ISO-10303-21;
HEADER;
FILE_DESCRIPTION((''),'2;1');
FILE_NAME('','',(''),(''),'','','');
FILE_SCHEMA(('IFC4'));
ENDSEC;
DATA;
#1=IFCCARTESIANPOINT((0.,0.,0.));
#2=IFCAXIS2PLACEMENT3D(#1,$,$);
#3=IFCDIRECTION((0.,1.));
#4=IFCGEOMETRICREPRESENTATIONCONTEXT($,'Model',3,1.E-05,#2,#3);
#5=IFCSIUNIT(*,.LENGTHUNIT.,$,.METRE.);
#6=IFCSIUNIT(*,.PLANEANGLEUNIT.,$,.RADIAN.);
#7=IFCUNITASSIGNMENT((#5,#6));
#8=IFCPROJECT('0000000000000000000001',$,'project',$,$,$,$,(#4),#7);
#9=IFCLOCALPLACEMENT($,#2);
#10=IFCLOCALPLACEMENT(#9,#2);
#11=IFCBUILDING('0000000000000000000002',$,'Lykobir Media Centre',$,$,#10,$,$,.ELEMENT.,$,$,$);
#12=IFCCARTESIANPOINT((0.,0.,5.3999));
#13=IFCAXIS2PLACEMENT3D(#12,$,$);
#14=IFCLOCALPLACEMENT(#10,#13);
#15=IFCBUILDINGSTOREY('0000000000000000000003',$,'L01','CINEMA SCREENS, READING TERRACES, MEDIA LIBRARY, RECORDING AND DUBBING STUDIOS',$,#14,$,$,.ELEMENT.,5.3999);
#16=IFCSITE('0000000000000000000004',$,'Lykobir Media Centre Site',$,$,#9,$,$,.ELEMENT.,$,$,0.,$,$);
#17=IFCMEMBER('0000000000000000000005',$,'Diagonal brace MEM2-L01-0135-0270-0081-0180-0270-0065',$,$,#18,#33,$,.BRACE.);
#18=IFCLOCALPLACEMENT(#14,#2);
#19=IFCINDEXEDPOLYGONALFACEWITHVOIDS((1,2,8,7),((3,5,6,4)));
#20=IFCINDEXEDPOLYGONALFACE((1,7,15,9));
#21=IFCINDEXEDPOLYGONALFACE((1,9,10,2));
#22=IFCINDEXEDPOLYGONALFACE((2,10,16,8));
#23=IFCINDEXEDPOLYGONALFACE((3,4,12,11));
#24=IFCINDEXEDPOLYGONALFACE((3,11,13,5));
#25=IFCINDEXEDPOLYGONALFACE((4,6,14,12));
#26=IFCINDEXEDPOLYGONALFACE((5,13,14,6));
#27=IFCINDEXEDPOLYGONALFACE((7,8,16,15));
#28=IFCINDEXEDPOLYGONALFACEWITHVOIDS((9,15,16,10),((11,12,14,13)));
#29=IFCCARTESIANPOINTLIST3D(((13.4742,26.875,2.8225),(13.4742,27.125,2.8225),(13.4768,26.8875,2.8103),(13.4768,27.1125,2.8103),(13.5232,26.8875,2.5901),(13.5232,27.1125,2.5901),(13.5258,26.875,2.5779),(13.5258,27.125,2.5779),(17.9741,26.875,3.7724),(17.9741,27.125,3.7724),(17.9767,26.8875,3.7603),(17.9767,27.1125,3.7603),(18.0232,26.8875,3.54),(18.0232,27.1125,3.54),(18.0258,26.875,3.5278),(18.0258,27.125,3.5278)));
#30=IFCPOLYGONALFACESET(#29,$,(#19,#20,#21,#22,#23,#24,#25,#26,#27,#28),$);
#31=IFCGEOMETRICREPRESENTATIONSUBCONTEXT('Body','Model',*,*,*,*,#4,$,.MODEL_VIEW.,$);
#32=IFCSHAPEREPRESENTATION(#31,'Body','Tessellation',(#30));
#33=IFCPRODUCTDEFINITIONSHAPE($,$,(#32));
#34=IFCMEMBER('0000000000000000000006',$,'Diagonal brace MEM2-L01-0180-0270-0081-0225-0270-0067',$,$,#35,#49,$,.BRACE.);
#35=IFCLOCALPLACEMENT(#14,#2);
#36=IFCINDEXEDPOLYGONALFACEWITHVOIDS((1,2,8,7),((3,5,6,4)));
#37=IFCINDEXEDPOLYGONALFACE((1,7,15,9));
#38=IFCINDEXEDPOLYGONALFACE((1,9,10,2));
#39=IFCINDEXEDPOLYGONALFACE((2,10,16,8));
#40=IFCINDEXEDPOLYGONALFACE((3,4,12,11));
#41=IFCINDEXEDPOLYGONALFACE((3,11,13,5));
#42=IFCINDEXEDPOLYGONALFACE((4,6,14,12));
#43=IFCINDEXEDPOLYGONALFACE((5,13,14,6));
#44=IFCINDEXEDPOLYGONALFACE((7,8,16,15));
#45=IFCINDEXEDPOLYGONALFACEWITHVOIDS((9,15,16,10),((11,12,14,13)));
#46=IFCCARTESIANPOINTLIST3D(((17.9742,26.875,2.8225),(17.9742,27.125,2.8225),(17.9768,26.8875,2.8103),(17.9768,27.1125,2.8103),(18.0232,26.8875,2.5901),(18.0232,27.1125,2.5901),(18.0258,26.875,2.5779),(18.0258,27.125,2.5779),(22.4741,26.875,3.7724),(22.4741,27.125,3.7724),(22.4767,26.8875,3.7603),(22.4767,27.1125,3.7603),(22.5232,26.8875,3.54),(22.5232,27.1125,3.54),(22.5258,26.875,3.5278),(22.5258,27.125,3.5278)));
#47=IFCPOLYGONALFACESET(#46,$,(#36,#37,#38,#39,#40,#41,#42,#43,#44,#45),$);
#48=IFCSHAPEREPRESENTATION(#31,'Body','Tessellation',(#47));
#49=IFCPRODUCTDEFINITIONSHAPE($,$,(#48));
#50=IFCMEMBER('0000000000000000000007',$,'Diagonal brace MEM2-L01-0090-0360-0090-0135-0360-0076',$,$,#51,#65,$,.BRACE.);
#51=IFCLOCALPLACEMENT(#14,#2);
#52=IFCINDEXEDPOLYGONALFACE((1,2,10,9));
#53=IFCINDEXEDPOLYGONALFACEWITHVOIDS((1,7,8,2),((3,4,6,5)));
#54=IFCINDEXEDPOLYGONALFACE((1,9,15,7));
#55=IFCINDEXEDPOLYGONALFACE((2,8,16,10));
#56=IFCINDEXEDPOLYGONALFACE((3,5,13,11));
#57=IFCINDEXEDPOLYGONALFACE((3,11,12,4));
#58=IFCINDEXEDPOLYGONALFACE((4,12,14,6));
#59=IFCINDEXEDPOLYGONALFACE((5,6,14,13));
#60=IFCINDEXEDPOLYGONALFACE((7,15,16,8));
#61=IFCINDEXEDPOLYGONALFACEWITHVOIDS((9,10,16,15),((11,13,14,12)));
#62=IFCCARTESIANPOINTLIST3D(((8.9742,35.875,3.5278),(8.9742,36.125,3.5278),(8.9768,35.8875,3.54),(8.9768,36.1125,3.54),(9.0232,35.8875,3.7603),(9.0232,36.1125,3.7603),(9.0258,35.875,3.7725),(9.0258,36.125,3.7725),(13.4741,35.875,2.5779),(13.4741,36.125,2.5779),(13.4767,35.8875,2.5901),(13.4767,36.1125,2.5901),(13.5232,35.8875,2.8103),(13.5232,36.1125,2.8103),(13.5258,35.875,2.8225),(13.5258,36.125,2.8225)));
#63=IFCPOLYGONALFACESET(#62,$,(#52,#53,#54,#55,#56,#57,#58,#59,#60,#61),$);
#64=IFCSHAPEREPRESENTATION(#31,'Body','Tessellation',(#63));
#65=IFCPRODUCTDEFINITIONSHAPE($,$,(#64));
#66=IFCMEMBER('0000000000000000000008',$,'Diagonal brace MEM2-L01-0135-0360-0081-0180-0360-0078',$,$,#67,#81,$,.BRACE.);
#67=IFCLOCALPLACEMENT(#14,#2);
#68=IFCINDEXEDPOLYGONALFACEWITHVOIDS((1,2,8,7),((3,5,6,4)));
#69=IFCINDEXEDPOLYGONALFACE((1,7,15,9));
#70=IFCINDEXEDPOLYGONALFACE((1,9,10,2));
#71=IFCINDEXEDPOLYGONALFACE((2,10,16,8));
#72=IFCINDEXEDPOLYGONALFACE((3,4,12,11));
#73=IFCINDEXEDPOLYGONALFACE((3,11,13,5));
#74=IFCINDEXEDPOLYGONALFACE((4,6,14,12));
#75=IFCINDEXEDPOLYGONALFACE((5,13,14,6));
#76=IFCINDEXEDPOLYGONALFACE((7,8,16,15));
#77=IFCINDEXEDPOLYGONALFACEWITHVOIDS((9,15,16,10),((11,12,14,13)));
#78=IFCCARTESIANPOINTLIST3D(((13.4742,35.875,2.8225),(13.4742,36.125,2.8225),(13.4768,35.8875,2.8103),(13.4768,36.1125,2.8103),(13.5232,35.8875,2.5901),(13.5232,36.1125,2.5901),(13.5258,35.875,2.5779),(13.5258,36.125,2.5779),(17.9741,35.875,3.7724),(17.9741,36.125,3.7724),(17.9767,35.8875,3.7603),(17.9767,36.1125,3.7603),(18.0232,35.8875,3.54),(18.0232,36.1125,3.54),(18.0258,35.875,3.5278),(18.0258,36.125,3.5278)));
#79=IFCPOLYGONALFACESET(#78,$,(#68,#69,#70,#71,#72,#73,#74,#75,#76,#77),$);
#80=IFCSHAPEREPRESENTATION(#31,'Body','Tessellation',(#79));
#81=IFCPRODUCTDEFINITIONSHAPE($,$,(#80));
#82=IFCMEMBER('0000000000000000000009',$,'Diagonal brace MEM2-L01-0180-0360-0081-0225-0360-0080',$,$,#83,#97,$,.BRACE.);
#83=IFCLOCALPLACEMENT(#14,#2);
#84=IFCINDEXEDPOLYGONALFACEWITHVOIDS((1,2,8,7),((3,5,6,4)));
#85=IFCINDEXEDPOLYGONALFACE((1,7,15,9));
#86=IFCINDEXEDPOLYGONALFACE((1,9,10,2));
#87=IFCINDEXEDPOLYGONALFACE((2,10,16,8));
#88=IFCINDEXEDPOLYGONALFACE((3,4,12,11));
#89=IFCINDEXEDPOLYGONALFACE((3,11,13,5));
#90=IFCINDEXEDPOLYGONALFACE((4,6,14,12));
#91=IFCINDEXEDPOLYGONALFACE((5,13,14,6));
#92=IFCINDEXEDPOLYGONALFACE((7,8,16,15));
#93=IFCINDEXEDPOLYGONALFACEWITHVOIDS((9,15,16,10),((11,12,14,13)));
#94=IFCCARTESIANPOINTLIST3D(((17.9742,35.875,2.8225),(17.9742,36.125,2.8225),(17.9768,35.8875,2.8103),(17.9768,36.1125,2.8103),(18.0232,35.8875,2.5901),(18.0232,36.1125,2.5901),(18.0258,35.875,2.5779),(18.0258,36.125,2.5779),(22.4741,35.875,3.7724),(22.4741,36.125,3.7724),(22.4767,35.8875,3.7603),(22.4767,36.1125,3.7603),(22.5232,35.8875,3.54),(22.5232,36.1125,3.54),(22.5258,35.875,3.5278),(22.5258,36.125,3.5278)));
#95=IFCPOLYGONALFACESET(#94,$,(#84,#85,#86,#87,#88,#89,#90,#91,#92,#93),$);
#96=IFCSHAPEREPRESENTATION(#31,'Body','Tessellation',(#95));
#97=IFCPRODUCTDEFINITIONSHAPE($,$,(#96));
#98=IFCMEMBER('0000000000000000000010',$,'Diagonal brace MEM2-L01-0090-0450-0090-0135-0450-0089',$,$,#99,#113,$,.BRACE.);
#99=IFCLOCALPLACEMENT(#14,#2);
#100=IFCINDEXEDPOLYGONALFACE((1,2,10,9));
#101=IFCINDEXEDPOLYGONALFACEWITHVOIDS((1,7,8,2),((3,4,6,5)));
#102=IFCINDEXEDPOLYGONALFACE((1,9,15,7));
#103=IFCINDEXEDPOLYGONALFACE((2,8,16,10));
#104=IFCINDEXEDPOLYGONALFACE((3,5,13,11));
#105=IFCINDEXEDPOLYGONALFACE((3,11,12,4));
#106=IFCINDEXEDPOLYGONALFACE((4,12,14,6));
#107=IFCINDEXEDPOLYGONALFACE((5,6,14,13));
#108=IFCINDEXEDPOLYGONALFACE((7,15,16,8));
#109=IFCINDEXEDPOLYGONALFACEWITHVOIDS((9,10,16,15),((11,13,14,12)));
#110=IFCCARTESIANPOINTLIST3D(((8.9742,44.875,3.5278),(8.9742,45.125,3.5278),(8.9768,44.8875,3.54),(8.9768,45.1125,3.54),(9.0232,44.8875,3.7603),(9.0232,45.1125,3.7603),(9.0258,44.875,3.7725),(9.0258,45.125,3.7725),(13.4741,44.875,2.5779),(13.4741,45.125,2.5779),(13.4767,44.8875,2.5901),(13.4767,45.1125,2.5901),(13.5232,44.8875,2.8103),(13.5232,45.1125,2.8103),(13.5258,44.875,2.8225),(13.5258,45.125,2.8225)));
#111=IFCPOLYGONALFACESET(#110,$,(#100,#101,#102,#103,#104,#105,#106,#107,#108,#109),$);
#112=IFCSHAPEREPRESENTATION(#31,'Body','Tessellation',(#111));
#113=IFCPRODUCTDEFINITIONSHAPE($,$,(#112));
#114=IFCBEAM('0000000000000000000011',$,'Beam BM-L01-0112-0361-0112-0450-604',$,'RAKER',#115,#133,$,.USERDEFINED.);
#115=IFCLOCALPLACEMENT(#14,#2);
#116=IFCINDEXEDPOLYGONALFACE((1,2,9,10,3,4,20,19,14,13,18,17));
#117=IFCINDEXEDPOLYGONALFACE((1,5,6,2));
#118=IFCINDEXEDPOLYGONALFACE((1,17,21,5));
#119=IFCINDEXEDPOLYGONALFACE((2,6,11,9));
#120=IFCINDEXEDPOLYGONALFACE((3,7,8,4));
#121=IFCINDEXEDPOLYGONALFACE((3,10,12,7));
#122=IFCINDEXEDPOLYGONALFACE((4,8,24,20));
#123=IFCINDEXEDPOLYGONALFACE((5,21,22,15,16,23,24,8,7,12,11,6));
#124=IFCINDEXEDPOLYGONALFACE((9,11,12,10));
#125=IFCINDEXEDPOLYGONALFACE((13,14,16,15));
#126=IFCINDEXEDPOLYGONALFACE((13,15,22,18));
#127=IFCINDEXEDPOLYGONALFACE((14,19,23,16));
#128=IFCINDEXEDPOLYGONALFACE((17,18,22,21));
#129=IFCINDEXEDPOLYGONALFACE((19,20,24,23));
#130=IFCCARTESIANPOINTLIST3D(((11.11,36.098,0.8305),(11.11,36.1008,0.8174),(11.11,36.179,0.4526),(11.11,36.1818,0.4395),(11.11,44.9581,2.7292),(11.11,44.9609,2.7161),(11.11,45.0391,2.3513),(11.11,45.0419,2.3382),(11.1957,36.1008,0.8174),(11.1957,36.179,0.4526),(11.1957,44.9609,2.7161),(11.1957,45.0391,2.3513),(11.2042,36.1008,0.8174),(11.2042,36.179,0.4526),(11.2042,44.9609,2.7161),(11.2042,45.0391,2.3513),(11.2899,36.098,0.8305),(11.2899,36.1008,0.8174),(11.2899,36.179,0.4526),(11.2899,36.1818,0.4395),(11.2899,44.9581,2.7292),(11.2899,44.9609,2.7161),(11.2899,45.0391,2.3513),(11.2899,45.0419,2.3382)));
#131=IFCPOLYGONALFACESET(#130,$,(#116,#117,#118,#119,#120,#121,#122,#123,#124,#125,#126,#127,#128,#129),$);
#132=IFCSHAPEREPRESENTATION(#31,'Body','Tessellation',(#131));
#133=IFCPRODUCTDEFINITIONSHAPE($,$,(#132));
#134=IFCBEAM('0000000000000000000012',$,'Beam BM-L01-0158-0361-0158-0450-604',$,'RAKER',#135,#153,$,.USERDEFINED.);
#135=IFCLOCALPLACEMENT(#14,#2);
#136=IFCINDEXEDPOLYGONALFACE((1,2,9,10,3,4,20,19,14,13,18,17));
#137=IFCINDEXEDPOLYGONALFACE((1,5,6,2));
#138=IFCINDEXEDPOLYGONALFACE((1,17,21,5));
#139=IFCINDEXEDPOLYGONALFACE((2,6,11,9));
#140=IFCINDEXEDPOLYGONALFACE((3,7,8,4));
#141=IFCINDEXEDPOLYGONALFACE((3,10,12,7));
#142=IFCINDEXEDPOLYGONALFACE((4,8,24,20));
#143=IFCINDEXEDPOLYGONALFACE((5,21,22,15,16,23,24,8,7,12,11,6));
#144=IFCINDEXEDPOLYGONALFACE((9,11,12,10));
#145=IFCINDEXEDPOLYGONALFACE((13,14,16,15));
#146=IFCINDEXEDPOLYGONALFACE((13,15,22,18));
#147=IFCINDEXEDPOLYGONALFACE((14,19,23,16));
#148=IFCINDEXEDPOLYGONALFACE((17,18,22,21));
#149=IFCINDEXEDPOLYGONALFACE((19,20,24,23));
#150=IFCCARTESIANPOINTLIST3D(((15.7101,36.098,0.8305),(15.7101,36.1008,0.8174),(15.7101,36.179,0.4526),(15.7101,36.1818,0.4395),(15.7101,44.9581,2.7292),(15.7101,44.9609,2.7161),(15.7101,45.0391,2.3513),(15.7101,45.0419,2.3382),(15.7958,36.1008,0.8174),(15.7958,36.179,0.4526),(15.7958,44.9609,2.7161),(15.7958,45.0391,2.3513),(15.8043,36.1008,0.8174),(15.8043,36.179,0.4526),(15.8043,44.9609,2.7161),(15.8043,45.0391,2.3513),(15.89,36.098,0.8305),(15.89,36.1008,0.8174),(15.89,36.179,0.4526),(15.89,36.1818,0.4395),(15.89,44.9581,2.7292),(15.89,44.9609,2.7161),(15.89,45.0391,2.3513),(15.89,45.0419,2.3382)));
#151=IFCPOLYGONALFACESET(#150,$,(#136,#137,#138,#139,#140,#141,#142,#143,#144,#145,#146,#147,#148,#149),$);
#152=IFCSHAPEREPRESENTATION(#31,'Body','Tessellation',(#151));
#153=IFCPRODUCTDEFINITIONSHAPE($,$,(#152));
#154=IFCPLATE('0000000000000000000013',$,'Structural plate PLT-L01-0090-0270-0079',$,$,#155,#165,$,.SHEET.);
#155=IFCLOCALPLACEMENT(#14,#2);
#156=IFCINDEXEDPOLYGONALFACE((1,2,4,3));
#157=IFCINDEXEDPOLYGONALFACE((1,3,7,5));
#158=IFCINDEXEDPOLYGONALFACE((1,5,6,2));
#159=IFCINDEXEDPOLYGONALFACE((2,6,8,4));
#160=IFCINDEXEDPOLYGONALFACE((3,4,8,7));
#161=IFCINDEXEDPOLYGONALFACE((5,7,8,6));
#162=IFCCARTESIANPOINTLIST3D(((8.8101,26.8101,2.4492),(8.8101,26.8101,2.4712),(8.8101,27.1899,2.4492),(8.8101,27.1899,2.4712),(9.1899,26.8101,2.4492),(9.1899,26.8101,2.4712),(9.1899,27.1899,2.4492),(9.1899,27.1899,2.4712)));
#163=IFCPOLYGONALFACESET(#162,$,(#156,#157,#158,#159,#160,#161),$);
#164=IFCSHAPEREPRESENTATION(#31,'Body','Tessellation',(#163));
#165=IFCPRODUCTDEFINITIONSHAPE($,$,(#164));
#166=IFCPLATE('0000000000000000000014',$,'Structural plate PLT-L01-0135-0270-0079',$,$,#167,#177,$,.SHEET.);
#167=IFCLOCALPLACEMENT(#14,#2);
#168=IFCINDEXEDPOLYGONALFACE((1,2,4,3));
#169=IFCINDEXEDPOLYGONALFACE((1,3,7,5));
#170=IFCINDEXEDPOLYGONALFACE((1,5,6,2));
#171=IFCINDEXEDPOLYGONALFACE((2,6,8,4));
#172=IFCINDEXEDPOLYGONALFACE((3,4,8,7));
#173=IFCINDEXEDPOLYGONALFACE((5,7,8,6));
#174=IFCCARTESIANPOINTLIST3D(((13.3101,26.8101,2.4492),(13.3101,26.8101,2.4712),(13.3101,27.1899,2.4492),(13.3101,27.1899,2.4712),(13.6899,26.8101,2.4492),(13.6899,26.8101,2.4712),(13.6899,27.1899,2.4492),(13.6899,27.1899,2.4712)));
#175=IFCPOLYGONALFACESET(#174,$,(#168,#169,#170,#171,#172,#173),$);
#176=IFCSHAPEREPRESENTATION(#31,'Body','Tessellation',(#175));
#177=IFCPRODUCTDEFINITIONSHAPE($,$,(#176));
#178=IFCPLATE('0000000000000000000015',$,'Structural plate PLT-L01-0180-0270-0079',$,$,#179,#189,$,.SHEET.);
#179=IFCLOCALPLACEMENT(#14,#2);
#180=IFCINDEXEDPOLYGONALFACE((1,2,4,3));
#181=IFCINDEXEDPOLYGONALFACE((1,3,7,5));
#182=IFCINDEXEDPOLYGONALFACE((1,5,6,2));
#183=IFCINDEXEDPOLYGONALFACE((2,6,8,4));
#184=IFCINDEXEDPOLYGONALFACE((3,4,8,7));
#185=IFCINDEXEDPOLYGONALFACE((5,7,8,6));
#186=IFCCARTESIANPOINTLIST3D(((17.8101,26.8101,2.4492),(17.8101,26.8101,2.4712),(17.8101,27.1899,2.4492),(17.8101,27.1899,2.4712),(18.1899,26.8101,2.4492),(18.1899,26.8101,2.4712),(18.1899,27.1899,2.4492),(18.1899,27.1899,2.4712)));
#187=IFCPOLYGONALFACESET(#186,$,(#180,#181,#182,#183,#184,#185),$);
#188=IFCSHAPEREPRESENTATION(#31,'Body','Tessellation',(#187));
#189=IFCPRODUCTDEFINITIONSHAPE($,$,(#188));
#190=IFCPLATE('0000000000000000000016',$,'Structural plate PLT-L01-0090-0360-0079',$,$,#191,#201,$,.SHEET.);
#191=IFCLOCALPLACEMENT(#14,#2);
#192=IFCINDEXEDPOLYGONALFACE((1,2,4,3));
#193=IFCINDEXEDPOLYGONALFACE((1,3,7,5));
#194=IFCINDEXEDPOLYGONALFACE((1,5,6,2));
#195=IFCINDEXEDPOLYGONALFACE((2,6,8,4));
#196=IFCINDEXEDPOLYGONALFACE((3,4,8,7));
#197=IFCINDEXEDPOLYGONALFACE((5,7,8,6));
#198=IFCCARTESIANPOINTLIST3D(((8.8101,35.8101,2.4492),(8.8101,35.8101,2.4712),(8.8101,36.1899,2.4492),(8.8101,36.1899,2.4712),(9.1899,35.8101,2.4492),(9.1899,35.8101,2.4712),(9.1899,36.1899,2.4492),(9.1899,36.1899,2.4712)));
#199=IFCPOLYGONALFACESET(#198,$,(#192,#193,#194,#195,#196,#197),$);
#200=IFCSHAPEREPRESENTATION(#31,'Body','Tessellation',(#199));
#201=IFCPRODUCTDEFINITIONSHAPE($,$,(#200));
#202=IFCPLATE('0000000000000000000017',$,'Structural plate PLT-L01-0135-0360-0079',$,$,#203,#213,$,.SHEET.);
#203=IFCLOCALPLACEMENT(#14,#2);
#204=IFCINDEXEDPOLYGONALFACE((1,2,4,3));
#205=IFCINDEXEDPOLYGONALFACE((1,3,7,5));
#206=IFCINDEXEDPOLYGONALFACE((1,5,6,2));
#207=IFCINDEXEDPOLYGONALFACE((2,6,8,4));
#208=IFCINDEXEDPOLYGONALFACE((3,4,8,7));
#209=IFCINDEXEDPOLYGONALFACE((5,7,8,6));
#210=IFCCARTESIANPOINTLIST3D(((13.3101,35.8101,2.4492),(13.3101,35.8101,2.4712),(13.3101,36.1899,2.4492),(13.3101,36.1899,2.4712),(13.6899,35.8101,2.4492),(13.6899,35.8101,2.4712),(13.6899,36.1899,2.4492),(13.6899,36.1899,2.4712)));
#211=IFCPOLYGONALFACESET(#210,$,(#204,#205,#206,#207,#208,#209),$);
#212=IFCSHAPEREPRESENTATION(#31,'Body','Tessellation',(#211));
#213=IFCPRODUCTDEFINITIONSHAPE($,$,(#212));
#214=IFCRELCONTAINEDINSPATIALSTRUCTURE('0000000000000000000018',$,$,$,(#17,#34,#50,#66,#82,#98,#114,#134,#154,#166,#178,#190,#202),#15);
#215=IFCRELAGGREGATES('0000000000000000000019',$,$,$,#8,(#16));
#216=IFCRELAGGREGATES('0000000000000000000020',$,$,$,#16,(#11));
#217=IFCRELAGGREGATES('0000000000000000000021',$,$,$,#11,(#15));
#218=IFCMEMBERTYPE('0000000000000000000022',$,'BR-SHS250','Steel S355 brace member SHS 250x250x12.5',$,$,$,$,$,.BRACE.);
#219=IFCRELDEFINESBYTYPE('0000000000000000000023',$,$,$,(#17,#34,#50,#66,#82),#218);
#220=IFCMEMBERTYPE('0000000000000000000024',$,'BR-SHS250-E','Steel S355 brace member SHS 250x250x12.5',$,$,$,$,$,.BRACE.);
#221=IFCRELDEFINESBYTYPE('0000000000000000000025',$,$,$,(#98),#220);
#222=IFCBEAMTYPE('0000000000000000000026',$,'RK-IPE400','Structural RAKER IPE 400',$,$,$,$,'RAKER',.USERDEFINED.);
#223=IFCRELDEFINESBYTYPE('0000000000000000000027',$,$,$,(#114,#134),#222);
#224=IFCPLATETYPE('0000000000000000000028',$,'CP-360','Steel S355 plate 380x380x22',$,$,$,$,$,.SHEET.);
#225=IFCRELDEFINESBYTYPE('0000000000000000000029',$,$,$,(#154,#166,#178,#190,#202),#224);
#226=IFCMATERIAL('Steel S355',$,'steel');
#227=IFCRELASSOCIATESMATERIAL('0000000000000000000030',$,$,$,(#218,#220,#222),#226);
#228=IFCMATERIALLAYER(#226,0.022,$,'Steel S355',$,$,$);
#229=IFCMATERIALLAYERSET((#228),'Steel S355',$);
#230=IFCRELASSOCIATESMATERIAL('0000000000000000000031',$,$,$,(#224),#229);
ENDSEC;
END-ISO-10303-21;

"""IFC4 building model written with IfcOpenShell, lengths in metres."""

from ifc_helpers import new_model, si_unit, direction, frame, origin, origin_2d, place, context, subcontext, project, spatial, rectangle, hollow_rectangle, i_section, extrude, material, layer, layer_set, material_profile, profile_set, type_object, element, save


model = new_model("IFC4")

# Units and contexts
model_context = context("Model", 3, precision=1e-05, world=origin(), true_north=direction((0.0, 1.0)))
body_context = subcontext(model_context, "Body", "Model", "MODEL_VIEW")
ifc_project = project(units=[si_unit("LENGTHUNIT", "METRE"), si_unit("PLANEANGLEUNIT", "RADIAN")], contexts=[model_context])

# Site, building, storey
site_placement = place(None, origin())
site = spatial("IfcSite", under=ifc_project, at=site_placement, Name="Lykobir Media Centre Site", CompositionType="ELEMENT", RefElevation=0.0)
building_placement = place(site_placement, origin())
building = spatial("IfcBuilding", under=site, at=building_placement, Name="Lykobir Media Centre", CompositionType="ELEMENT")
storey_placement = place(building_placement, frame((0.0, 0.0, 5.3999)))
storey = spatial("IfcBuildingStorey", under=building, at=storey_placement, Name="L01", Description="CINEMA SCREENS, READING TERRACES, MEDIA LIBRARY, RECORDING AND DUBBING STUDIOS", CompositionType="ELEMENT", Elevation=5.3999)

# Shared definitions
ifc_material_1 = material(Name="Steel S355", Category="steel")

# Members
ifc_material_profile_1 = material_profile(ifc_material_1, hollow_rectangle(XDim=0.25, YDim=0.25, WallThickness=0.0125, at=origin_2d()), Name="SHS 250x250x12.5")
ifc_profile_set_1 = profile_set([ifc_material_profile_1], Name="Steel S355")
member_type_1 = type_object("IfcMemberType", Name="BR-SHS250", Description="Steel S355 brace member SHS 250x250x12.5", PredefinedType="BRACE", material=ifc_profile_set_1)
for number, where, z_axis, x_axis, name in (
    (1, (13.5, 27.0, 2.7002), (0.978436, 0.0, 0.206548), (0.0, 1.0, 0.0), "Diagonal brace MEM2-L01-0135-0270-0081-0180-0270-0065"),
    (2, (18.0, 27.0, 2.7002), (0.978436, 0.0, 0.206548), (0.0, 1.0, 0.0), "Diagonal brace MEM2-L01-0180-0270-0081-0225-0270-0067"),
    (3, (9.0, 36.0, 3.6501), (0.978436, 0.0, -0.206548), (0.0, 1.0, 0.0), "Diagonal brace MEM2-L01-0090-0360-0090-0135-0360-0076"),
    (4, (13.5, 36.0, 2.7002), (0.978436, 0.0, 0.206548), (0.0, 1.0, 0.0), "Diagonal brace MEM2-L01-0135-0360-0081-0180-0360-0078"),
    (5, (18.0, 36.0, 2.7002), (0.978436, 0.0, 0.206548), (0.0, 1.0, 0.0), "Diagonal brace MEM2-L01-0180-0360-0081-0225-0360-0080"),
):
    element("IfcMember", number, at=place(storey_placement, frame(where, z_axis=z_axis, x_axis=x_axis)), inside=storey, type_object=member_type_1, Name=name, PredefinedType="BRACE", context=body_context, shape_type="SweptSolid", body=[
        extrude(hollow_rectangle(XDim=0.25, YDim=0.25, WallThickness=0.0125, at=origin_2d()), origin(), (0.0, 0.0, 1.0), 4.5991),
    ])
ifc_material_profile_2 = material_profile(ifc_material_1, hollow_rectangle(XDim=0.25, YDim=0.25, WallThickness=0.0125, at=origin_2d()), Name="SHS 250x250x12.5")
ifc_profile_set_2 = profile_set([ifc_material_profile_2], Name="Steel S355")
member_type_2 = type_object("IfcMemberType", Name="BR-SHS250-E", Description="Steel S355 brace member SHS 250x250x12.5", PredefinedType="BRACE", material=ifc_profile_set_2)
member_1_placement = place(storey_placement, frame((9.0, 45.0, 3.6501), z_axis=(0.978436, 0.0, -0.206548), x_axis=(0.0, 1.0, 0.0)))
element("IfcMember", 6, at=member_1_placement, inside=storey, type_object=member_type_2, Name="Diagonal brace MEM2-L01-0090-0450-0090-0135-0450-0089", PredefinedType="BRACE", context=body_context, shape_type="SweptSolid", body=[
    extrude(hollow_rectangle(XDim=0.25, YDim=0.25, WallThickness=0.0125, at=origin_2d()), origin(), (0.0, 0.0, 1.0), 4.5991),
])

# Beams
ifc_material_profile_3 = material_profile(ifc_material_1, i_section(OverallWidth=0.1799, OverallDepth=0.3999, WebThickness=0.0085, FlangeThickness=0.0134, at=origin_2d()), Name="IPE 400")
ifc_profile_set_3 = profile_set([ifc_material_profile_3], Name="Steel S355")
beam_type_1 = type_object("IfcBeamType", Name="RK-IPE400", Description="Structural RAKER IPE 400", ElementType="RAKER", PredefinedType="USERDEFINED", material=ifc_profile_set_3)
for number, where, z_axis, x_axis, name in (
    (7, (11.2, 36.1399, 0.635), (0.0, 0.9778, 0.209538), (-1.0, 0.0, 0.0), "Beam BM-L01-0112-0361-0112-0450-604"),
    (8, (15.8, 36.1399, 0.635), (0.0, 0.9778, 0.209538), (-1.0, 0.0, 0.0), "Beam BM-L01-0158-0361-0158-0450-604"),
):
    element("IfcBeam", number, at=place(storey_placement, frame(where, z_axis=z_axis, x_axis=x_axis)), inside=storey, type_object=beam_type_1, Name=name, ObjectType="RAKER", PredefinedType="USERDEFINED", context=body_context, shape_type="SweptSolid", body=[
        extrude(i_section(OverallWidth=0.1799, OverallDepth=0.3999, WebThickness=0.0085, FlangeThickness=0.0134, at=origin_2d()), origin(), (0.0, 0.0, 1.0), 9.0613),
    ])

# Plates
ifc_layer_1 = layer(ifc_material_1, 0.022, Name="Steel S355")
ifc_layer_set_1 = layer_set([ifc_layer_1], Name="Steel S355")
plate_type_1 = type_object("IfcPlateType", Name="CP-360", Description="Steel S355 plate 380x380x22", PredefinedType="SHEET", material=ifc_layer_set_1)
for number, where, z_axis, x_axis, name in (
    (9, (9.0, 27.0, 2.4492), (0.0, 0.0, 1.0), (1.0, 0.0, 0.0), "Structural plate PLT-L01-0090-0270-0079"),
    (10, (13.5, 27.0, 2.4492), (0.0, 0.0, 1.0), (1.0, 0.0, 0.0), "Structural plate PLT-L01-0135-0270-0079"),
    (11, (18.0, 27.0, 2.4492), (0.0, 0.0, 1.0), (1.0, 0.0, 0.0), "Structural plate PLT-L01-0180-0270-0079"),
    (12, (9.0, 36.0, 2.4492), (0.0, 0.0, 1.0), (1.0, 0.0, 0.0), "Structural plate PLT-L01-0090-0360-0079"),
    (13, (13.5, 36.0, 2.4492), (0.0, 0.0, 1.0), (1.0, 0.0, 0.0), "Structural plate PLT-L01-0135-0360-0079"),
):
    element("IfcPlate", number, at=place(storey_placement, frame(where, z_axis=z_axis, x_axis=x_axis)), inside=storey, type_object=plate_type_1, Name=name, PredefinedType="SHEET", context=body_context, shape_type="SweptSolid", body=[
        extrude(rectangle(XDim=0.3799, YDim=0.3799, at=origin_2d()), origin(), (0.0, 0.0, 1.0), 0.022),
    ])

save(model, "model.ifc")
